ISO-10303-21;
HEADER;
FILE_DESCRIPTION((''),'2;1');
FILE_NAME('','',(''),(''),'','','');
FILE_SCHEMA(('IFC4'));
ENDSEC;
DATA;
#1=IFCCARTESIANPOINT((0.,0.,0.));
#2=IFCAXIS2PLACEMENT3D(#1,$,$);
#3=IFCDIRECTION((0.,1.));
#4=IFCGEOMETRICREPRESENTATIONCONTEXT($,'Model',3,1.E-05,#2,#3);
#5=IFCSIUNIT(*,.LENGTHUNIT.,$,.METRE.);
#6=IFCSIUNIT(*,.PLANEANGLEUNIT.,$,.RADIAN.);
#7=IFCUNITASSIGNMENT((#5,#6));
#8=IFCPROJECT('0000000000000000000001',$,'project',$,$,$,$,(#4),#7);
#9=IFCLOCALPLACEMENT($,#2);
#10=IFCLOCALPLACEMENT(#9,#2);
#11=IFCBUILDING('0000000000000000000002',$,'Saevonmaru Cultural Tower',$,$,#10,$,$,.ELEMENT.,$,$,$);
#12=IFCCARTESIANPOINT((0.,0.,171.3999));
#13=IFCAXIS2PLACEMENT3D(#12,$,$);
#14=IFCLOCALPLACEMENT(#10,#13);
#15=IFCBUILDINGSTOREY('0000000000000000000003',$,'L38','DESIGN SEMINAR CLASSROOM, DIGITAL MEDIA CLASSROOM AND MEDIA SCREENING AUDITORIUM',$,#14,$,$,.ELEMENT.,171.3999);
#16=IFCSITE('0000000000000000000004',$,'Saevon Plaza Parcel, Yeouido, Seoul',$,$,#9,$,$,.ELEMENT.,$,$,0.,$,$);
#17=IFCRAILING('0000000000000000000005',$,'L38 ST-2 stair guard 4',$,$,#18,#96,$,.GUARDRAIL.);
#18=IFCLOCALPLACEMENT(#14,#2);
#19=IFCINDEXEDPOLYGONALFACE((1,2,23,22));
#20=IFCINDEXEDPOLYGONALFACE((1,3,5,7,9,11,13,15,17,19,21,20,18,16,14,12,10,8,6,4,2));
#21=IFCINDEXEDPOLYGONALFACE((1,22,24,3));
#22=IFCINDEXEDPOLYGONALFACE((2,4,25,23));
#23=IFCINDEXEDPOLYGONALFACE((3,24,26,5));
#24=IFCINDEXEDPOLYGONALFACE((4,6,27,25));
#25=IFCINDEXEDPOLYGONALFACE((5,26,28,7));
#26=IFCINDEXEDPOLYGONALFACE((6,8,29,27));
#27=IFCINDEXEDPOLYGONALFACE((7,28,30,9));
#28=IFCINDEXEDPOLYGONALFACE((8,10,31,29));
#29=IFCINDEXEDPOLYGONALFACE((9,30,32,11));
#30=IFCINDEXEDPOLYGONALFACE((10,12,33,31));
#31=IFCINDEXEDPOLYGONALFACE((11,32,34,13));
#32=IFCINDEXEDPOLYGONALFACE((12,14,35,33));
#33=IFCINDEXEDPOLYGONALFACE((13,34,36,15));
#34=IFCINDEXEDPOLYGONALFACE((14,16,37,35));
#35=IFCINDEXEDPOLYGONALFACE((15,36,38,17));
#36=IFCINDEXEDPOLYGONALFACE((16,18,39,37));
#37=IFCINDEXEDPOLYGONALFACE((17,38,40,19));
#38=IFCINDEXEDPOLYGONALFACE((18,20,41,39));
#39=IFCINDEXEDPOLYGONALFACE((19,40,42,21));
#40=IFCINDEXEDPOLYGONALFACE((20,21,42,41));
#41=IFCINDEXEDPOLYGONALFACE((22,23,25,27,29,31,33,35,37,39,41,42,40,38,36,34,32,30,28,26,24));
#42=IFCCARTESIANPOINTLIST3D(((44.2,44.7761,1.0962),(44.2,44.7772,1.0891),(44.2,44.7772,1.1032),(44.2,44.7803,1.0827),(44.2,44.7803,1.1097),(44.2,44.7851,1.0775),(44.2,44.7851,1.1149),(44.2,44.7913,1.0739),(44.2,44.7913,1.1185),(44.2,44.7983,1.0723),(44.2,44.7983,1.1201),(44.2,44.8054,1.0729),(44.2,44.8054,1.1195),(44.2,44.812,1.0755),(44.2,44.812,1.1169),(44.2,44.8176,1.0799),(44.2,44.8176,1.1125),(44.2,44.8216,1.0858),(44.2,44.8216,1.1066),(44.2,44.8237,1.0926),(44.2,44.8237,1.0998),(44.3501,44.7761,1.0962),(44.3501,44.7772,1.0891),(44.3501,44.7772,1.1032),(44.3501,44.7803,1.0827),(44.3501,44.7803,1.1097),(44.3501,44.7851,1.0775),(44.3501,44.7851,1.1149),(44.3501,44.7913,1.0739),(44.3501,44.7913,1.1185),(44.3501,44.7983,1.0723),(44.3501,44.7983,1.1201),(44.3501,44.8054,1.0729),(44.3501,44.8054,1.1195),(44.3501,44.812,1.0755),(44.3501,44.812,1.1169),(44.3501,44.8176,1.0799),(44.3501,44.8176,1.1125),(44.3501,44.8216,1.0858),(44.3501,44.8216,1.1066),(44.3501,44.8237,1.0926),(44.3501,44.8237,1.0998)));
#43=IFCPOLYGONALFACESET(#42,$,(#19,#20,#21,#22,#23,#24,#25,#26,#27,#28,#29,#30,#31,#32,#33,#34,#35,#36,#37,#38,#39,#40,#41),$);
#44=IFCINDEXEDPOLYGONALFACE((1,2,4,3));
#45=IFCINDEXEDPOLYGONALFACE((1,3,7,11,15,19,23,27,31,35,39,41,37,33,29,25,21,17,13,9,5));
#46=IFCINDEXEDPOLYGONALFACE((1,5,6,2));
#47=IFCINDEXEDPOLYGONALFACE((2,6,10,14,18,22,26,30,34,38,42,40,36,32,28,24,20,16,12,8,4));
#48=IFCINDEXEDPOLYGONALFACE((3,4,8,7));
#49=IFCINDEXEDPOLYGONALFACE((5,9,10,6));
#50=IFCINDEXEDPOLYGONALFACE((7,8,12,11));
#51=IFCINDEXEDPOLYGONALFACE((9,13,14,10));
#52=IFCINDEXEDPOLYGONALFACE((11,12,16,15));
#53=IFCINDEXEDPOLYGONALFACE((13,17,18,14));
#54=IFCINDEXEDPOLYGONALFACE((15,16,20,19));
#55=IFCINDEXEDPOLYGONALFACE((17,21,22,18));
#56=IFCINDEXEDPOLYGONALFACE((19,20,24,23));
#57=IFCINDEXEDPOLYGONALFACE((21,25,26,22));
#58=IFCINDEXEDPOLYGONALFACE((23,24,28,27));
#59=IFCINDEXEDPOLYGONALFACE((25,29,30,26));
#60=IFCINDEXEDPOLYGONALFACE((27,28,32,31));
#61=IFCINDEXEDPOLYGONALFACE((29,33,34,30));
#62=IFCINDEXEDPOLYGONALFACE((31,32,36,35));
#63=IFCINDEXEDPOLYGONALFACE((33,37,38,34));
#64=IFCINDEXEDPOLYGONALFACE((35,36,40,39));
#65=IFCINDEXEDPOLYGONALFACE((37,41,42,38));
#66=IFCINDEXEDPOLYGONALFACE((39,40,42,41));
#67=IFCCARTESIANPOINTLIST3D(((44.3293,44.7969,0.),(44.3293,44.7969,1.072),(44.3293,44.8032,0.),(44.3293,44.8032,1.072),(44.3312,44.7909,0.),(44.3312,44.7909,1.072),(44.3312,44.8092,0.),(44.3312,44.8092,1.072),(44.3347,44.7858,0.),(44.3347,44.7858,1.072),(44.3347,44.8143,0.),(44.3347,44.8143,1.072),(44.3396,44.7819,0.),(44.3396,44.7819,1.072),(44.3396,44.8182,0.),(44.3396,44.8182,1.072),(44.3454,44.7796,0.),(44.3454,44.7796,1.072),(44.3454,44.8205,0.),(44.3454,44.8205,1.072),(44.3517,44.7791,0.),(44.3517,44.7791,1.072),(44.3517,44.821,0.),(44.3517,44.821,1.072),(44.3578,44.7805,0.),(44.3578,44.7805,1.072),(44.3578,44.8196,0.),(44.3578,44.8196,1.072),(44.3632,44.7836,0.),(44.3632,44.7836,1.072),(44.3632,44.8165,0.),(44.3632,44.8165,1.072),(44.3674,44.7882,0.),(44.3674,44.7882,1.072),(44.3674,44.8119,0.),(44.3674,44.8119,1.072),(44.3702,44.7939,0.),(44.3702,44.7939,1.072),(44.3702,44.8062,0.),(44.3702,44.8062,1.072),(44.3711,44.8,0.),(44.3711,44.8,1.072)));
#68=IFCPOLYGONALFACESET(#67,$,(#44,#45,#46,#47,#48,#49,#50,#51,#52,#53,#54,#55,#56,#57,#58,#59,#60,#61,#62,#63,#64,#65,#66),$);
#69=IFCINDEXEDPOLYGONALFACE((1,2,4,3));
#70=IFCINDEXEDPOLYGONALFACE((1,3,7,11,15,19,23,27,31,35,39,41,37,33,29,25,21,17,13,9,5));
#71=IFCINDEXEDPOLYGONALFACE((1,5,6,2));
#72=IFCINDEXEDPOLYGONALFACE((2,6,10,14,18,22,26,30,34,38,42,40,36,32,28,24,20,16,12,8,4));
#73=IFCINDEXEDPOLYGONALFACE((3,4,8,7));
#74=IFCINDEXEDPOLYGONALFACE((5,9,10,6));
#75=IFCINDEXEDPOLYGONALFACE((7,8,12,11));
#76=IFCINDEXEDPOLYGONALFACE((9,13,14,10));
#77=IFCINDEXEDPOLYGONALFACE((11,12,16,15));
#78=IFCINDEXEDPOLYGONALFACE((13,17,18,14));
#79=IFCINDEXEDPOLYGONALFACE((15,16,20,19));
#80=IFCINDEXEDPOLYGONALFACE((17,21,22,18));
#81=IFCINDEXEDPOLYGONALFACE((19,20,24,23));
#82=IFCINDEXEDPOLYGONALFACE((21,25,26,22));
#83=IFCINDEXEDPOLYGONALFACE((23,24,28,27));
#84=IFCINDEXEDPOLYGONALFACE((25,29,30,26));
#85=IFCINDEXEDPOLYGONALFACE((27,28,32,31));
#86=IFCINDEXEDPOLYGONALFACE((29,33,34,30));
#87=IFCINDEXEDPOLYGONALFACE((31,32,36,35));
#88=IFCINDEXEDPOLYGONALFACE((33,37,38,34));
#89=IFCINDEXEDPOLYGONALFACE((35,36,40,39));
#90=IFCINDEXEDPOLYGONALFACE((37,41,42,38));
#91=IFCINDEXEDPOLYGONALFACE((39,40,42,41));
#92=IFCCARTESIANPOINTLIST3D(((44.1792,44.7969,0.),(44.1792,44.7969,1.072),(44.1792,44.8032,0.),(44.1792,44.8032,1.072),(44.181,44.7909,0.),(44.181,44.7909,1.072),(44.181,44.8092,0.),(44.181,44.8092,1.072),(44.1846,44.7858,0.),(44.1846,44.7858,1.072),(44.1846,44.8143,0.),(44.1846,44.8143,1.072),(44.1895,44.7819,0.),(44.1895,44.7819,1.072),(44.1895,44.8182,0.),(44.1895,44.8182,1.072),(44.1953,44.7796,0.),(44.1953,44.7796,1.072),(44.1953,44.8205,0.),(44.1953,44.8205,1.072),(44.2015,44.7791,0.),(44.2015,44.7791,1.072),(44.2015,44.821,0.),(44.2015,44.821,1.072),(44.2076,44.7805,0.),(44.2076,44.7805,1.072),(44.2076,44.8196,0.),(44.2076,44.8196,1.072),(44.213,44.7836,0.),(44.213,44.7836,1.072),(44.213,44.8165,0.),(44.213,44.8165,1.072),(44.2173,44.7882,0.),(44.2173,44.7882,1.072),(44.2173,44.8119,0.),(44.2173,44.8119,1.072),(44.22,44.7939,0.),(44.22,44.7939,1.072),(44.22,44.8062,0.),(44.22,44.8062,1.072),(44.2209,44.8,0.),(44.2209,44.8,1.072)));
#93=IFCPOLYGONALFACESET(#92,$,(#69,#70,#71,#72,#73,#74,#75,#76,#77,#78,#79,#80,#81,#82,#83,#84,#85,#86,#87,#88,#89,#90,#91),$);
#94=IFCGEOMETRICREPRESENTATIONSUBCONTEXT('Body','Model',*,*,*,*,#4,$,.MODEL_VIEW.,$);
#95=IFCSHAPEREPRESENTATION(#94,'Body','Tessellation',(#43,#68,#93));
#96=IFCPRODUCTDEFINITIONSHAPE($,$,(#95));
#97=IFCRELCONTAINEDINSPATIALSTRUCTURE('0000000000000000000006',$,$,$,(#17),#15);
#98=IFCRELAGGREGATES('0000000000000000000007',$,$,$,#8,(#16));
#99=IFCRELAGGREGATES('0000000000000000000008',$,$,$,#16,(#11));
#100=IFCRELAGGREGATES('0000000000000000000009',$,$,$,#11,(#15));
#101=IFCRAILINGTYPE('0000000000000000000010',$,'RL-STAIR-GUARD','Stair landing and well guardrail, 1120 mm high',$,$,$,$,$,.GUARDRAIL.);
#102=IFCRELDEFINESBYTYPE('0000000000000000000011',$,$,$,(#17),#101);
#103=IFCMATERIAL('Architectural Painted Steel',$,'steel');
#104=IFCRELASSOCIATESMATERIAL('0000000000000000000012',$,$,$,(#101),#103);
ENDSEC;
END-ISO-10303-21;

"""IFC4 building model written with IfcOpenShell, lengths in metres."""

from ifc_helpers import new_model, si_unit, direction, frame, origin, origin_2d, place, context, subcontext, project, spatial, circle, extrude, material, type_object, element, save


model = new_model("IFC4")

# Units and contexts
model_context = context("Model", 3, precision=1e-05, world=origin(), true_north=direction((0.0, 1.0)))
body_context = subcontext(model_context, "Body", "Model", "MODEL_VIEW")
ifc_project = project(units=[si_unit("LENGTHUNIT", "METRE"), si_unit("PLANEANGLEUNIT", "RADIAN")], contexts=[model_context])

# Site, building, storey
site_placement = place(None, origin())
site = spatial("IfcSite", under=ifc_project, at=site_placement, Name="Saevon Plaza Parcel, Yeouido, Seoul", CompositionType="ELEMENT", RefElevation=0.0)
building_placement = place(site_placement, origin())
building = spatial("IfcBuilding", under=site, at=building_placement, Name="Saevonmaru Cultural Tower", CompositionType="ELEMENT")
storey_placement = place(building_placement, frame((0.0, 0.0, 171.3999)))
storey = spatial("IfcBuildingStorey", under=building, at=storey_placement, Name="L38", Description="DESIGN SEMINAR CLASSROOM, DIGITAL MEDIA CLASSROOM AND MEDIA SCREENING AUDITORIUM", CompositionType="ELEMENT", Elevation=171.3999)

# Railing
ifc_material_1 = material(Name="Architectural Painted Steel", Category="steel")
railing_type_1 = type_object("IfcRailingType", Name="RL-STAIR-GUARD", Description="Stair landing and well guardrail, 1120 mm high", PredefinedType="GUARDRAIL", material=ifc_material_1)
railing_1_placement = place(storey_placement, frame((44.3501, 44.8, 0.0)))
element("IfcRailing", 1, at=railing_1_placement, inside=storey, type_object=railing_type_1, Name="L38 ST-2 stair guard 4", PredefinedType="GUARDRAIL", context=body_context, shape_type="SweptSolid", body=[
    extrude(circle(Radius=0.0239, at=origin_2d()), frame((0.0, 0.0, 1.0962), z_axis=(-1.0, 0.0, 0.0), x_axis=(0.0, -1.0, 0.0)), (0.0, 0.0, 1.0), 0.1501),
    extrude(circle(Radius=0.021, at=origin_2d()), origin(), (0.0, 0.0, 1.0), 1.072),
    extrude(circle(Radius=0.021, at=origin_2d()), frame((-0.1501, 0.0, 0.0)), (0.0, 0.0, 1.0), 1.072),
])

save(model, "model.ifc")
